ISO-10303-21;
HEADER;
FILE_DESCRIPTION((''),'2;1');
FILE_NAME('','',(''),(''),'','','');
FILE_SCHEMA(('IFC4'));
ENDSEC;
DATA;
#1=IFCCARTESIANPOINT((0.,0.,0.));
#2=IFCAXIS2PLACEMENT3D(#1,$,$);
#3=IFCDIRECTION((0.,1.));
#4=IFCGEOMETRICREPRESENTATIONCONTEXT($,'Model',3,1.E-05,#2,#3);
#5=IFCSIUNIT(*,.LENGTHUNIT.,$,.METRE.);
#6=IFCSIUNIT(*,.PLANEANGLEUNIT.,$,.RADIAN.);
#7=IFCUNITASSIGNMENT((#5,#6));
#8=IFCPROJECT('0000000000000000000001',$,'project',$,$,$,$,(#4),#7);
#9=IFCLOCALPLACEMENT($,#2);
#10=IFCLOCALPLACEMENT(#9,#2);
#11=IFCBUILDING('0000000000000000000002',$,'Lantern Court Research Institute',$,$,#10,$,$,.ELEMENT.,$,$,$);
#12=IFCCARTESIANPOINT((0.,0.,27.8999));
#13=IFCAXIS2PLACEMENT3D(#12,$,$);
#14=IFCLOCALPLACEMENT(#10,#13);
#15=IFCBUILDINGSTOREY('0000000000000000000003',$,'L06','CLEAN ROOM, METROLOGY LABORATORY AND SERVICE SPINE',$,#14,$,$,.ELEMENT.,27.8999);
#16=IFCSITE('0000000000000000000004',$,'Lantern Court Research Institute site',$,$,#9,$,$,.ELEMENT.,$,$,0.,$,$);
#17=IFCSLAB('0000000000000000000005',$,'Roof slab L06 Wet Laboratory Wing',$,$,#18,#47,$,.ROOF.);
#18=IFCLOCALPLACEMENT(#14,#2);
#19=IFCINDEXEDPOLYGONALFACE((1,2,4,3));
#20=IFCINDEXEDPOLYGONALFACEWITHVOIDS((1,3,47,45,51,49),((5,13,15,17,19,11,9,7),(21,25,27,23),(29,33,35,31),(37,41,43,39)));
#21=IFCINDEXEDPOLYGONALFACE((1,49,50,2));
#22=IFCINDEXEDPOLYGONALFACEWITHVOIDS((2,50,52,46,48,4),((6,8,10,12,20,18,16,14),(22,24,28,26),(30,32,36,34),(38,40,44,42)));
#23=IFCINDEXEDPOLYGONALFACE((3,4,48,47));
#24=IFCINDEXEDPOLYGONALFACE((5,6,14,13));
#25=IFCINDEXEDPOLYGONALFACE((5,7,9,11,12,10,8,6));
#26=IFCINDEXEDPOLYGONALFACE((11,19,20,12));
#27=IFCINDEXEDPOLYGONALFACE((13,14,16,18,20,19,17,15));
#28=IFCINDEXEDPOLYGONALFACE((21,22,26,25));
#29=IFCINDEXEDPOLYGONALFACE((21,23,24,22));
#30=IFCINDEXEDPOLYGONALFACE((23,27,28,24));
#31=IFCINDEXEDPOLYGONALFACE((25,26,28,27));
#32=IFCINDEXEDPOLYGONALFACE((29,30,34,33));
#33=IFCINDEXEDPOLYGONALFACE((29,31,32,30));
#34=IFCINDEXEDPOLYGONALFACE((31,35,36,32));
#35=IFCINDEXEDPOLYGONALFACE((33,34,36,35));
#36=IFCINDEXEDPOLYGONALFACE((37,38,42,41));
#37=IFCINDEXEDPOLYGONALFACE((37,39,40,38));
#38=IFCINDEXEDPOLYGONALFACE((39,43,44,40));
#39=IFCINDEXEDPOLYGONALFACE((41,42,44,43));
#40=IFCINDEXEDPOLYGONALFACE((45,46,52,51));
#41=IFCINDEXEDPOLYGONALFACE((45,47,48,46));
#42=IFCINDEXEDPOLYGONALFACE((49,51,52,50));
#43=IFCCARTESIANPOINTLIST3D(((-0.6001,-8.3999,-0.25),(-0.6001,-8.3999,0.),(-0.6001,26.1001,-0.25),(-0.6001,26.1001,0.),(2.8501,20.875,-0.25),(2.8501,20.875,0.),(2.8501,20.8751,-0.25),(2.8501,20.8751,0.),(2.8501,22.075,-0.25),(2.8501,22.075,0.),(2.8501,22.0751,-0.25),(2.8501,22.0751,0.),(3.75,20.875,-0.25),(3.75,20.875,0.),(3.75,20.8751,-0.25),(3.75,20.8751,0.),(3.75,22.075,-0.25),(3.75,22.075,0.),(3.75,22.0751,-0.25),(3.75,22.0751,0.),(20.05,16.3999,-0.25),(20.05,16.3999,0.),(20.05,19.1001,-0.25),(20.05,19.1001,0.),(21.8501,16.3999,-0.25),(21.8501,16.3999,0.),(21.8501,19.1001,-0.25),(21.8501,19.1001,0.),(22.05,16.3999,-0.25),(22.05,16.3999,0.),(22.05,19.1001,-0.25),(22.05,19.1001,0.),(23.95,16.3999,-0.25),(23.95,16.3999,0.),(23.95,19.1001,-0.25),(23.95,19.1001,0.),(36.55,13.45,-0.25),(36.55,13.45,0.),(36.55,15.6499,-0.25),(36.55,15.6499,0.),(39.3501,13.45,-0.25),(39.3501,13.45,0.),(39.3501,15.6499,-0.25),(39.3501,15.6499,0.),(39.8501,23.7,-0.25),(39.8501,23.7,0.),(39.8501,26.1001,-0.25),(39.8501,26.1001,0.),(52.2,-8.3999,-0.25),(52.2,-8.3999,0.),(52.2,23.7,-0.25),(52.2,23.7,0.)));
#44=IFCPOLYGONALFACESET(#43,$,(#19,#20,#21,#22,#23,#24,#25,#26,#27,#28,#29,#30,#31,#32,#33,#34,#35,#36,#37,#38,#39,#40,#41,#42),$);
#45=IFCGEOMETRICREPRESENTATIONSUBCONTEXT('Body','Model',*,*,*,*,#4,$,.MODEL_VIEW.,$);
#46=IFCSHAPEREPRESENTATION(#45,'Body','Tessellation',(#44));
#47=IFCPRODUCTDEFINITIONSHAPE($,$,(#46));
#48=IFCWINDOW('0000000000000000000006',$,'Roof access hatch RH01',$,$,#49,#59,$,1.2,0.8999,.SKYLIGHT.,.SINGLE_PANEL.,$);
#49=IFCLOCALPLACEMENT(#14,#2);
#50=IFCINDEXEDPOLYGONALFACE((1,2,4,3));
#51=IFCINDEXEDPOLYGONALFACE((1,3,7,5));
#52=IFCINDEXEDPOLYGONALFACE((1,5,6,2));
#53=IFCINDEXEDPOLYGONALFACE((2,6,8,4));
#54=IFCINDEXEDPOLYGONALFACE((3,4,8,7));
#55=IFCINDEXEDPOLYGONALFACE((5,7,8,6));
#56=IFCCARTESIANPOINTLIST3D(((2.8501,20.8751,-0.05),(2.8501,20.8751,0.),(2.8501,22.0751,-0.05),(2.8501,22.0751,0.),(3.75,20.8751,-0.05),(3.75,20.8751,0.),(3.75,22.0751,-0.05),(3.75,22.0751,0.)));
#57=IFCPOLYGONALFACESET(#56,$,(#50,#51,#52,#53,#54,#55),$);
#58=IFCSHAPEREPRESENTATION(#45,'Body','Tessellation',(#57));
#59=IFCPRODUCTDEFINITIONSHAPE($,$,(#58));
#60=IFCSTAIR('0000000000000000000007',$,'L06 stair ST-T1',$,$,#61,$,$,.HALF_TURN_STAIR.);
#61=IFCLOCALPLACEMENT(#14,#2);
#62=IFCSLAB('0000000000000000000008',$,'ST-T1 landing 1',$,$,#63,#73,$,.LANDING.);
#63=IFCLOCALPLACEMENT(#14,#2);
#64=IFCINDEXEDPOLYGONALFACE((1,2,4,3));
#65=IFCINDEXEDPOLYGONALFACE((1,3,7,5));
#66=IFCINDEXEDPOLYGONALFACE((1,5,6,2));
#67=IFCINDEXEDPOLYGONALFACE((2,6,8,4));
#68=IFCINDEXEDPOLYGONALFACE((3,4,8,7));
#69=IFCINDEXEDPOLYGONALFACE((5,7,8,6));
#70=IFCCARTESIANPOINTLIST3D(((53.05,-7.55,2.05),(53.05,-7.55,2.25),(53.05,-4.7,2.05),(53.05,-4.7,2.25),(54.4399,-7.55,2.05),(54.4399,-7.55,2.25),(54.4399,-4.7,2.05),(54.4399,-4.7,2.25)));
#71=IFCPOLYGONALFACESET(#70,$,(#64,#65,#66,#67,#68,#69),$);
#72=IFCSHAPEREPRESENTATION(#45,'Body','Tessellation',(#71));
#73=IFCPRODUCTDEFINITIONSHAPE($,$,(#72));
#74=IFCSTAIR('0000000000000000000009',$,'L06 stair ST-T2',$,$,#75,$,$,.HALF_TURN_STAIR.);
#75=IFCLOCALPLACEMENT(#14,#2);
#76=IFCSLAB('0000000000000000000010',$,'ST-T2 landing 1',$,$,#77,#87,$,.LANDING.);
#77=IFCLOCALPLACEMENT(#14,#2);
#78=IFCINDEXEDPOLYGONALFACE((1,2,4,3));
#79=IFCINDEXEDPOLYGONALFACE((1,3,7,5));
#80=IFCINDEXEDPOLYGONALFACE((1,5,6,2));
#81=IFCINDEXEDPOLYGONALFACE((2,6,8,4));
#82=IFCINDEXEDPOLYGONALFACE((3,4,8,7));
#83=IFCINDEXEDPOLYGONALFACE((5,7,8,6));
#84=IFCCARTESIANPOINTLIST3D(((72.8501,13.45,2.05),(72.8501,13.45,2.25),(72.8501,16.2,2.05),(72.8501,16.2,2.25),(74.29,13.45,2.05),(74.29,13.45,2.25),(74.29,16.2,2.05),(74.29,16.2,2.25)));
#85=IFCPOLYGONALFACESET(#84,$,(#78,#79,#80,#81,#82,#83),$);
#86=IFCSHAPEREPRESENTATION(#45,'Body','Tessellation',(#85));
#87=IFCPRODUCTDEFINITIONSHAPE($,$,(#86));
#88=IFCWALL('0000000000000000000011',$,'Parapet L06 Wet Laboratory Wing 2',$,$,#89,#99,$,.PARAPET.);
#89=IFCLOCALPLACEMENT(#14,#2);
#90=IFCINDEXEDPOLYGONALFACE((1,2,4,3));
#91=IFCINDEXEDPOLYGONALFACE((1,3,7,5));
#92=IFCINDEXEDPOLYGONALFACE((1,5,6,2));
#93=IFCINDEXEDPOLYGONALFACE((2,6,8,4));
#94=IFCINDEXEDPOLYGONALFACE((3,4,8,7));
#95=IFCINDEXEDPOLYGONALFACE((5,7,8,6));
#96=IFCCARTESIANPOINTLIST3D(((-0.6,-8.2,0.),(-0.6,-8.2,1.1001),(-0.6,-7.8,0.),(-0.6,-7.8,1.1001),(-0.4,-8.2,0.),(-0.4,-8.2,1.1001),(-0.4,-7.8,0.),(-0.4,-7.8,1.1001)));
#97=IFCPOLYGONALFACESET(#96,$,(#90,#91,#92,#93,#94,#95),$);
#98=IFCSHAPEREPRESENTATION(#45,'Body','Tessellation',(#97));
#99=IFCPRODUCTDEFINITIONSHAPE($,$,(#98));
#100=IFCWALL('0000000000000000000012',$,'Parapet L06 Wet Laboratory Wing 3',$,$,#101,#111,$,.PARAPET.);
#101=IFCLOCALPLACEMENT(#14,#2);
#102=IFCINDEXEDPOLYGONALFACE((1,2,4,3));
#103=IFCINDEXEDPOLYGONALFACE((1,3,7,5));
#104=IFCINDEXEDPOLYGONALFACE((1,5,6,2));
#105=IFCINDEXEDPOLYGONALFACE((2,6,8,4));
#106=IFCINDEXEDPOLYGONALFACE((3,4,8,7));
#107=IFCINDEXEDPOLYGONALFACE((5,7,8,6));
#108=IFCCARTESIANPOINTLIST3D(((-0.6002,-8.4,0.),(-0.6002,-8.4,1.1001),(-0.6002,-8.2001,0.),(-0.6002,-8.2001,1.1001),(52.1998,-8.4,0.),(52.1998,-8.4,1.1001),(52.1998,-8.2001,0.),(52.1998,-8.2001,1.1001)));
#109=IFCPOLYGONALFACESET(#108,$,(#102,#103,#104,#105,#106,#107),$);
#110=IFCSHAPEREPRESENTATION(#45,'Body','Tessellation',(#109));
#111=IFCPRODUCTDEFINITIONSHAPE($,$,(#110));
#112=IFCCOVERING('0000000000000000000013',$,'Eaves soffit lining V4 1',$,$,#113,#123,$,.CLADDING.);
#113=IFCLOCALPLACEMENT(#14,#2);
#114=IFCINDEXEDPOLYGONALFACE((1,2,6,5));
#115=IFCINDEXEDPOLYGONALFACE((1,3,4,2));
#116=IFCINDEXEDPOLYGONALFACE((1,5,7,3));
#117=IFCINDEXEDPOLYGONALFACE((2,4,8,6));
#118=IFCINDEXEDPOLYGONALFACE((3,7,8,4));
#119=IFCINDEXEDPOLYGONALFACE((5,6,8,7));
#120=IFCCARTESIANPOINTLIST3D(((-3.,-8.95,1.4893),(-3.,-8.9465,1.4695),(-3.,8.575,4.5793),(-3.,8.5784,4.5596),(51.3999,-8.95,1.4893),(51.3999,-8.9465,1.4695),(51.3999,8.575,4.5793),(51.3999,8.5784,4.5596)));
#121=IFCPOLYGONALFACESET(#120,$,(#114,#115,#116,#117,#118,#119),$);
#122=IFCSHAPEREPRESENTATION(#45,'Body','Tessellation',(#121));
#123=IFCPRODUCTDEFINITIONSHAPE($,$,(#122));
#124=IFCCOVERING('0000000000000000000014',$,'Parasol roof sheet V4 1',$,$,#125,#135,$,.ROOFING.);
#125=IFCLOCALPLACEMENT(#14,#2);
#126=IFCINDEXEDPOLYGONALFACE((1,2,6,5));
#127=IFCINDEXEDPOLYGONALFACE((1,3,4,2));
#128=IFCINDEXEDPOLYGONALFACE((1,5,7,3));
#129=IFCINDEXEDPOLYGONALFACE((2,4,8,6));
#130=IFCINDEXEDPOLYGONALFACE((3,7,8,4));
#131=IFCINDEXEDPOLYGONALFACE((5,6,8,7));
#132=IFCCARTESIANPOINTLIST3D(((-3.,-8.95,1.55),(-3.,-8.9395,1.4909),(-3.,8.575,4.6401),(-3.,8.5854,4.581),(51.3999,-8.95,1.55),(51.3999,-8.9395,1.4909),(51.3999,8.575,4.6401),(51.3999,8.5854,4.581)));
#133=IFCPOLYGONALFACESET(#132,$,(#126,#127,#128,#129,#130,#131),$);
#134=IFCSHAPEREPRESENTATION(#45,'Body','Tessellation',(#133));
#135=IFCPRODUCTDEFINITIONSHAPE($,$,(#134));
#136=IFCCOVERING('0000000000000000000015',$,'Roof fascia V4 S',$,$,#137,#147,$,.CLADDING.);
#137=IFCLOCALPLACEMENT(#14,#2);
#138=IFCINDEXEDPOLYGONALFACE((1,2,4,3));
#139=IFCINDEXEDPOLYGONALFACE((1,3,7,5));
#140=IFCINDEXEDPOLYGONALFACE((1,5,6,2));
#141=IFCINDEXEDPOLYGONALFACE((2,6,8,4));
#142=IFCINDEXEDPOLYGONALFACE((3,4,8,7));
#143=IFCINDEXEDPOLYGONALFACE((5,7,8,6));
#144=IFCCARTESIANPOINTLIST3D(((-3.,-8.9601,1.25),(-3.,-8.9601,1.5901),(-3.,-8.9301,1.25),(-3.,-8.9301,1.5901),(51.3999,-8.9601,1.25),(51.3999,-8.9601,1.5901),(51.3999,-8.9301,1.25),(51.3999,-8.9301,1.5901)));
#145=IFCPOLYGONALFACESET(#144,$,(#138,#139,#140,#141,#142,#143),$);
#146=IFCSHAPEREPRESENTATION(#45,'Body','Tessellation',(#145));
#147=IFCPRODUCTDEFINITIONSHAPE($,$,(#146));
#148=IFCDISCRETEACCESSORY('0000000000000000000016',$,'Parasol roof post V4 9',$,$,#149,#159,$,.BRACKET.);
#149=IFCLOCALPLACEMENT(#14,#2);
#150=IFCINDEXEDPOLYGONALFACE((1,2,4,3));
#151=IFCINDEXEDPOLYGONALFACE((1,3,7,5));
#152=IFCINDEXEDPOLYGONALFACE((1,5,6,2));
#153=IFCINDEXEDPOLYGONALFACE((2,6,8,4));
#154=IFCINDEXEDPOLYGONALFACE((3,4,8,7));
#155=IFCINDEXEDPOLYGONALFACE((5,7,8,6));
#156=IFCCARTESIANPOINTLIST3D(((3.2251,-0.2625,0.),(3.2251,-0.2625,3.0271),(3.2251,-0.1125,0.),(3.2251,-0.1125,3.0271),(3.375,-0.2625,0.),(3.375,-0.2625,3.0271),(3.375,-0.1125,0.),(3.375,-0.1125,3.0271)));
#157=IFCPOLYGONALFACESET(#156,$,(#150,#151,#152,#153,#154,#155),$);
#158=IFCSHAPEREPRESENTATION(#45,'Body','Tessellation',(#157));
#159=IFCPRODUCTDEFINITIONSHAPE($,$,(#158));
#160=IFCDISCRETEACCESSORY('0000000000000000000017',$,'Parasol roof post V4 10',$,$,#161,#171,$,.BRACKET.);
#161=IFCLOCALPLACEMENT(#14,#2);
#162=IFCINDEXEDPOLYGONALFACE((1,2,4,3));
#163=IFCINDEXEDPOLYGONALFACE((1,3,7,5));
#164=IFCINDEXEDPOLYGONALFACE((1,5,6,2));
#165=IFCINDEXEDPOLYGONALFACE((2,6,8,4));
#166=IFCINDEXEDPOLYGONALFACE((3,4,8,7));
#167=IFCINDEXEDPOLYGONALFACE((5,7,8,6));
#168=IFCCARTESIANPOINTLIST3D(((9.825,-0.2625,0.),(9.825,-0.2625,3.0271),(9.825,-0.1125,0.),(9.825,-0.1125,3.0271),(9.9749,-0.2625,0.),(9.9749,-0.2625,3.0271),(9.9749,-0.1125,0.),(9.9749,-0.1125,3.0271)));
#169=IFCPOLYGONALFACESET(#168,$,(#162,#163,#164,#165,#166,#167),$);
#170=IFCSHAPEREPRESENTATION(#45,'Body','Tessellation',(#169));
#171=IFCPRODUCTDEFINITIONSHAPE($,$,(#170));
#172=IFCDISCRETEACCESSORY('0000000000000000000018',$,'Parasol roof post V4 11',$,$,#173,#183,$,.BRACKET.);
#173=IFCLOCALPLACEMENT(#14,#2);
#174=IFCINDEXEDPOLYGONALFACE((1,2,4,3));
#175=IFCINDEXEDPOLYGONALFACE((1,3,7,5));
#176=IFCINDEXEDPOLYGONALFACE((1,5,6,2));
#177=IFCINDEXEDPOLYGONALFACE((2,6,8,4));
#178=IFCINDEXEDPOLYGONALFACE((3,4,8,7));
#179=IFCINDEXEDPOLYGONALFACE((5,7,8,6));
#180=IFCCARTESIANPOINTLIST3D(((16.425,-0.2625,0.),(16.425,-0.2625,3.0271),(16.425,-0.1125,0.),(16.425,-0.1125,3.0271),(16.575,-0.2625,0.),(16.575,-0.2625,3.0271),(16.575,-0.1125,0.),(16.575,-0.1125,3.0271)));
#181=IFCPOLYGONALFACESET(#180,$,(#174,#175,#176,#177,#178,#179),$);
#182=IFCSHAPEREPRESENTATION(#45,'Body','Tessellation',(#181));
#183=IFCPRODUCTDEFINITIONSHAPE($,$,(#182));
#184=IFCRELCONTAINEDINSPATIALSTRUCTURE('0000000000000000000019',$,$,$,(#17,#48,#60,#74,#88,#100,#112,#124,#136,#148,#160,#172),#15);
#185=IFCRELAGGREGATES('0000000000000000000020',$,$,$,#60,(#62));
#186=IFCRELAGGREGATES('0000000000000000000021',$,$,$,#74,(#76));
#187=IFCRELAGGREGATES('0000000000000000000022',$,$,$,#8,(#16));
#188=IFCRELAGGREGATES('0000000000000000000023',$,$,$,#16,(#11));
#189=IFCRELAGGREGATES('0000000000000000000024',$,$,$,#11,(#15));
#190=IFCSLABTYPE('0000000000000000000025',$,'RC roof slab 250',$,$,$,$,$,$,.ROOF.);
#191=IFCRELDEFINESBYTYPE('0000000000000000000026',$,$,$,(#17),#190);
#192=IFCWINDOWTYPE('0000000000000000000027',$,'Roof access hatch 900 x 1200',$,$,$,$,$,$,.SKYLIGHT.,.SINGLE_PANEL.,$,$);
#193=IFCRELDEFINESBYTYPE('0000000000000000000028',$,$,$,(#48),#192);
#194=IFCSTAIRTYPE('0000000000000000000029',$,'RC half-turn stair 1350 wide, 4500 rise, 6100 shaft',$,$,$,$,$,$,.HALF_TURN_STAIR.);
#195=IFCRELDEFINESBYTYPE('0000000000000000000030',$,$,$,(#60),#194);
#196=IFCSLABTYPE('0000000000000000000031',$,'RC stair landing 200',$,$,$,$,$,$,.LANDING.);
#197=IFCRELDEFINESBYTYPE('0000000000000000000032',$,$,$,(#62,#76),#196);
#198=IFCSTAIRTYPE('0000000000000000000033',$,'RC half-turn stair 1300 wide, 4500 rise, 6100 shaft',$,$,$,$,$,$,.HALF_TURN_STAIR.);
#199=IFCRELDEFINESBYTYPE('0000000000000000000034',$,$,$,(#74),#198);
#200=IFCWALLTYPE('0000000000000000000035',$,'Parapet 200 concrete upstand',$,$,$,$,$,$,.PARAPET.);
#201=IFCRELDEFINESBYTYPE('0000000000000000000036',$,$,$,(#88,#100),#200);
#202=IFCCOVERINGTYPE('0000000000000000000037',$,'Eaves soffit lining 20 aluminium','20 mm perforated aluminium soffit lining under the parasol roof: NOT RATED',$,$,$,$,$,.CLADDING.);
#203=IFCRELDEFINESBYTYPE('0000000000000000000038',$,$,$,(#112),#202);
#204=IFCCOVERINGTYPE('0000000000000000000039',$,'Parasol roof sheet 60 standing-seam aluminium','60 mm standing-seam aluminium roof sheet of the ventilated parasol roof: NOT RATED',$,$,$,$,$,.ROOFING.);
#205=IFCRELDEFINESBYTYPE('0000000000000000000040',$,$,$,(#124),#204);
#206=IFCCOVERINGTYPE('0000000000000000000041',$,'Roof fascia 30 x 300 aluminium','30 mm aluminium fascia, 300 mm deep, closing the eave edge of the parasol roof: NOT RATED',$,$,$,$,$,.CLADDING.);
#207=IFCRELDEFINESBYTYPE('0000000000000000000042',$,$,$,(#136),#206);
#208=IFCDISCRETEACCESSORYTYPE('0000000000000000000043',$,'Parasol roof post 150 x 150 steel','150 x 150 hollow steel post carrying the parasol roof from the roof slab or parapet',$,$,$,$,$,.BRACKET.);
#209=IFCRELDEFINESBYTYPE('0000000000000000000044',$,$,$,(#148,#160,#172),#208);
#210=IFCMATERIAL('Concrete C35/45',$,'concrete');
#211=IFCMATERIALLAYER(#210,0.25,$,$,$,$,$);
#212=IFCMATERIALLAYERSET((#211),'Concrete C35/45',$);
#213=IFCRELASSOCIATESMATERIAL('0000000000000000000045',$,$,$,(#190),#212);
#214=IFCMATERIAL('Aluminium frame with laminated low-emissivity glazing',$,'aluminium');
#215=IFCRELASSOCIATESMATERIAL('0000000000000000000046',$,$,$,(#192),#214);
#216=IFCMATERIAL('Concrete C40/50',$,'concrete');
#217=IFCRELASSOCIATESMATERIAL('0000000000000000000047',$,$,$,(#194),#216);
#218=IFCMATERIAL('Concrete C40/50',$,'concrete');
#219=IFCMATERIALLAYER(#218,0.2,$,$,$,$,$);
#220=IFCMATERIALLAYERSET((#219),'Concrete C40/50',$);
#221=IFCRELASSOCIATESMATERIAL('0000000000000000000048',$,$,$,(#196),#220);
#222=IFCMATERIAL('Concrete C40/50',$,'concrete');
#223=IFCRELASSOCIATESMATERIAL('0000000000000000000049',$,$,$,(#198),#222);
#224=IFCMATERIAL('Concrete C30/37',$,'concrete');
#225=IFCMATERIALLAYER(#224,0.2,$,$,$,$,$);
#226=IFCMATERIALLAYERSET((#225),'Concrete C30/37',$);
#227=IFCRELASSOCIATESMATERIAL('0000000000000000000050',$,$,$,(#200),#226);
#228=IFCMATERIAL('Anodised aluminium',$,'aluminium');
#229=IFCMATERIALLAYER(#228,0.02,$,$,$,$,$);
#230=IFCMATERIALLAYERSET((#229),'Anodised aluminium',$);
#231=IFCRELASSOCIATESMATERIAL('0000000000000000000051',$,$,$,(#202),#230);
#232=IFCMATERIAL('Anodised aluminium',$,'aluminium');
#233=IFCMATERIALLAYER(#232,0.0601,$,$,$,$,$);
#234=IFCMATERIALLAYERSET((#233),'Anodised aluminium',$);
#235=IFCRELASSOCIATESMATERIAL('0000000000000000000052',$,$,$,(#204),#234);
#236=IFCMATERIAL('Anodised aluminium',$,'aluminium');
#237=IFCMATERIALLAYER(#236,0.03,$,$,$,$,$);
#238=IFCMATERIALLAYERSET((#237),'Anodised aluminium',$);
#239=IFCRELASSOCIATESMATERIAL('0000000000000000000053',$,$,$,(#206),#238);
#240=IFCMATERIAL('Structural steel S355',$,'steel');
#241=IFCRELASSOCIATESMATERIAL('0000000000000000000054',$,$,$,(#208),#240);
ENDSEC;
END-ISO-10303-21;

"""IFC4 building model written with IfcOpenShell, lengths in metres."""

from ifc_helpers import new_model, si_unit, direction, frame, frame_2d, origin, origin_2d, place, context, subcontext, project, spatial, polyline, rectangle, outline, extrude, material, layer, layer_set, type_object, element, fill, aggregate, save


model = new_model("IFC4")

# Units and contexts
model_context = context("Model", 3, precision=1e-05, world=origin(), true_north=direction((0.0, 1.0)))
body_context = subcontext(model_context, "Body", "Model", "MODEL_VIEW")
ifc_project = project(units=[si_unit("LENGTHUNIT", "METRE"), si_unit("PLANEANGLEUNIT", "RADIAN")], contexts=[model_context])

# Site, building, storey
site_placement = place(None, origin())
site = spatial("IfcSite", under=ifc_project, at=site_placement, Name="Lantern Court Research Institute site", CompositionType="ELEMENT", RefElevation=0.0)
building_placement = place(site_placement, origin())
building = spatial("IfcBuilding", under=site, at=building_placement, Name="Lantern Court Research Institute", CompositionType="ELEMENT")
storey_placement = place(building_placement, frame((0.0, 0.0, 27.8999)))
storey = spatial("IfcBuildingStorey", under=building, at=storey_placement, Name="L06", Description="CLEAN ROOM, METROLOGY LABORATORY AND SERVICE SPINE", CompositionType="ELEMENT", Elevation=27.8999)

# Slab, opening, window
ifc_material_1 = material(Name="Concrete C35/45", Category="concrete")
ifc_layer_1 = layer(ifc_material_1, 0.25)
ifc_layer_set_1 = layer_set([ifc_layer_1], Name="Concrete C35/45")
slab_type_1 = type_object("IfcSlabType", Name="RC roof slab 250", PredefinedType="ROOF", material=ifc_layer_set_1)
slab_1_placement = place(storey_placement, frame((0.0, 0.0, -0.25)))
slab_1 = element("IfcSlab", 1, at=slab_1_placement, inside=storey, type_object=slab_type_1, Name="Roof slab L06 Wet Laboratory Wing", PredefinedType="ROOF", context=body_context, shape_type="SweptSolid", body=[
    extrude(outline(polyline([(-0.6001, 23.1001), (-0.6001, -7.8), (-0.6001, -8.3999), (52.2, -8.3999), (52.2, -7.8), (52.2, 23.1001), (52.2, 23.7), (39.8501, 23.7), (39.8501, 26.1001), (-0.6001, 26.1001), (-0.6001, 23.7), (-0.6001, 23.1001)]), holes=[polyline([(20.05, 16.3999), (21.8501, 16.3999), (21.8501, 19.1001), (20.05, 19.1001), (20.05, 16.3999)]), polyline([(22.05, 16.3999), (23.95, 16.3999), (23.95, 19.1001), (22.05, 19.1001), (22.05, 16.3999)]), polyline([(36.55, 13.45), (39.3501, 13.45), (39.3501, 15.6499), (36.55, 15.6499), (36.55, 13.45)]), polyline([(3.75, 20.875), (3.75, 22.075), (2.8501, 22.075), (2.8501, 20.875), (3.75, 20.875)])]), origin(), (0.0, 0.0, 1.0), 0.25),
])
opening_placement = place(slab_1_placement, frame((3.3, 21.4751, 0.0)))
opening = element("IfcOpeningElement", 2, at=opening_placement, cuts=slab_1, PredefinedType="OPENING", context=body_context, shape_type="SweptSolid", body=[
    extrude(rectangle(XDim=0.8999, YDim=1.2, at=origin_2d()), origin(), (0.0, 0.0, 1.0), 0.25),
])
ifc_material_2 = material(Name="Aluminium frame with laminated low-emissivity glazing", Category="aluminium")
window_type = type_object("IfcWindowType", Name="Roof access hatch 900 x 1200", PartitioningType="SINGLE_PANEL", PredefinedType="SKYLIGHT", material=ifc_material_2)
window_placement = place(opening_placement, frame((0.0, 0.0, 0.2)))
window = element("IfcWindow", 3, at=window_placement, inside=storey, type_object=window_type, Name="Roof access hatch RH01", OverallHeight=1.2, OverallWidth=0.8999, PartitioningType="SINGLE_PANEL", PredefinedType="SKYLIGHT", context=body_context, shape_type="SweptSolid", body=[
    extrude(rectangle(XDim=0.8999, YDim=1.2, at=origin_2d()), origin(), (0.0, 0.0, 1.0), 0.05),
])
fill(opening, window)

# Stairs, slabs
ifc_material_3 = material(Name="Concrete C40/50", Category="concrete")
stair_type_1 = type_object("IfcStairType", Name="RC half-turn stair 1350 wide, 4500 rise, 6100 shaft", PredefinedType="HALF_TURN_STAIR", material=ifc_material_3)
stair_1_placement = place(storey_placement, origin())
stair_1 = element("IfcStair", 4, at=stair_1_placement, inside=storey, type_object=stair_type_1, Name="L06 stair ST-T1", PredefinedType="HALF_TURN_STAIR")
ifc_material_4 = material(Name="Concrete C40/50", Category="concrete")
ifc_layer_2 = layer(ifc_material_4, 0.2)
ifc_layer_set_2 = layer_set([ifc_layer_2], Name="Concrete C40/50")
slab_type_2 = type_object("IfcSlabType", Name="RC stair landing 200", PredefinedType="LANDING", material=ifc_layer_set_2)
slab_2_placement = place(storey_placement, frame((0.0, 0.0, 2.05)))
slab_2 = element("IfcSlab", 5, at=slab_2_placement, type_object=slab_type_2, Name="ST-T1 landing 1", PredefinedType="LANDING", context=body_context, shape_type="SweptSolid", body=[
    extrude(outline(polyline([(54.4399, -4.7), (53.05, -4.7), (53.05, -7.55), (54.4399, -7.55), (54.4399, -4.7)])), origin(), (0.0, 0.0, 1.0), 0.2),
])
aggregate(stair_1, [slab_2])
ifc_material_5 = material(Name="Concrete C40/50", Category="concrete")
stair_type_2 = type_object("IfcStairType", Name="RC half-turn stair 1300 wide, 4500 rise, 6100 shaft", PredefinedType="HALF_TURN_STAIR", material=ifc_material_5)
stair_2_placement = place(storey_placement, origin())
stair_2 = element("IfcStair", 6, at=stair_2_placement, inside=storey, type_object=stair_type_2, Name="L06 stair ST-T2", PredefinedType="HALF_TURN_STAIR")
slab_3_placement = place(storey_placement, frame((0.0, 0.0, 2.05)))
slab_3 = element("IfcSlab", 7, at=slab_3_placement, type_object=slab_type_2, Name="ST-T2 landing 1", PredefinedType="LANDING", context=body_context, shape_type="SweptSolid", body=[
    extrude(outline(polyline([(74.29, 16.2), (72.8501, 16.2), (72.8501, 13.45), (74.29, 13.45), (74.29, 16.2)])), origin(), (0.0, 0.0, 1.0), 0.2),
])
aggregate(stair_2, [slab_3])

# Walls
ifc_material_6 = material(Name="Concrete C30/37", Category="concrete")
ifc_layer_3 = layer(ifc_material_6, 0.2)
ifc_layer_set_3 = layer_set([ifc_layer_3], Name="Concrete C30/37")
wall_type = type_object("IfcWallType", Name="Parapet 200 concrete upstand", PredefinedType="PARAPET", material=ifc_layer_set_3)
wall_1_placement = place(storey_placement, frame((-0.5, -7.8, 0.0), z_axis=(0.0, 0.0, 1.0), x_axis=(0.0, -1.0, 0.0)))
element("IfcWall", 8, at=wall_1_placement, inside=storey, type_object=wall_type, Name="Parapet L06 Wet Laboratory Wing 2", PredefinedType="PARAPET", context=body_context, shape_type="SweptSolid", body=[
    extrude(rectangle(XDim=0.3999, YDim=0.2, at=frame_2d((0.2, 0.0))), origin(), (0.0, 0.0, 1.0), 1.1001),
])
wall_2_placement = place(storey_placement, frame((-0.6001, -8.3, 0.0), z_axis=(0.0, 0.0, 1.0), x_axis=(1.0, 0.0, 0.0)))
element("IfcWall", 9, at=wall_2_placement, inside=storey, type_object=wall_type, Name="Parapet L06 Wet Laboratory Wing 3", PredefinedType="PARAPET", context=body_context, shape_type="SweptSolid", body=[
    extrude(rectangle(XDim=52.8, YDim=0.2, at=frame_2d((26.3999, 0.0))), origin(), (0.0, 0.0, 1.0), 1.1001),
])

# Coverings
ifc_material_7 = material(Name="Anodised aluminium", Category="aluminium")
ifc_layer_4 = layer(ifc_material_7, 0.02)
ifc_layer_set_4 = layer_set([ifc_layer_4], Name="Anodised aluminium")
covering_type_1 = type_object("IfcCoveringType", Name="Eaves soffit lining 20 aluminium", Description="20 mm perforated aluminium soffit lining under the parasol roof: NOT RATED", PredefinedType="CLADDING", material=ifc_layer_set_4)
covering_1_placement = place(storey_placement, frame((-3.0, -8.95, 1.4893), z_axis=(0.0, -0.173647, 0.984808), x_axis=(1.0, 0.0, 0.0)))
element("IfcCovering", 10, at=covering_1_placement, inside=storey, type_object=covering_type_1, Name="Eaves soffit lining V4 1", PredefinedType="CLADDING", context=body_context, shape_type="SweptSolid", body=[
    extrude(outline(polyline([(0.0, 0.0), (54.3999, 0.0), (54.3999, 17.7952), (0.0, 17.7952), (0.0, 0.0)])), origin(), (0.0, 0.0, -1.0), 0.02),
])
ifc_material_8 = material(Name="Anodised aluminium", Category="aluminium")
ifc_layer_5 = layer(ifc_material_8, 0.0601)
ifc_layer_set_5 = layer_set([ifc_layer_5], Name="Anodised aluminium")
covering_type_2 = type_object("IfcCoveringType", Name="Parasol roof sheet 60 standing-seam aluminium", Description="60 mm standing-seam aluminium roof sheet of the ventilated parasol roof: NOT RATED", PredefinedType="ROOFING", material=ifc_layer_set_5)
covering_2_placement = place(storey_placement, frame((-3.0, -8.95, 1.55), z_axis=(0.0, -0.173647, 0.984808), x_axis=(1.0, 0.0, 0.0)))
element("IfcCovering", 11, at=covering_2_placement, inside=storey, type_object=covering_type_2, Name="Parasol roof sheet V4 1", PredefinedType="ROOFING", context=body_context, shape_type="SweptSolid", body=[
    extrude(outline(polyline([(0.0, 0.0), (54.3999, 0.0), (54.3999, 17.7952), (0.0, 17.7952), (0.0, 0.0)])), origin(), (0.0, 0.0, -1.0), 0.0601),
])
ifc_material_9 = material(Name="Anodised aluminium", Category="aluminium")
ifc_layer_6 = layer(ifc_material_9, 0.03)
ifc_layer_set_6 = layer_set([ifc_layer_6], Name="Anodised aluminium")
covering_type_3 = type_object("IfcCoveringType", Name="Roof fascia 30 x 300 aluminium", Description="30 mm aluminium fascia, 300 mm deep, closing the eave edge of the parasol roof: NOT RATED", PredefinedType="CLADDING", material=ifc_layer_set_6)
covering_3_placement = place(storey_placement, frame((-3.0, -8.9451, 1.25), z_axis=(0.0, 0.0, 1.0), x_axis=(1.0, 0.0, 0.0)))
element("IfcCovering", 12, at=covering_3_placement, inside=storey, type_object=covering_type_3, Name="Roof fascia V4 S", PredefinedType="CLADDING", context=body_context, shape_type="SweptSolid", body=[
    extrude(rectangle(XDim=54.3999, YDim=0.03, at=frame_2d((27.2, 0.0))), origin(), (0.0, 0.0, 1.0), 0.3401),
])

# Discrete accessories
ifc_material_10 = material(Name="Structural steel S355", Category="steel")
discrete_accessory_type = type_object("IfcDiscreteAccessoryType", Name="Parasol roof post 150 x 150 steel", Description="150 x 150 hollow steel post carrying the parasol roof from the roof slab or parapet", PredefinedType="BRACKET", material=ifc_material_10)
for number, where, z_axis, x_axis, name in (
    (13, (3.3, -0.1875, 0.0), (0.0, 0.0, 1.0), (1.0, 0.0, 0.0), "Parasol roof post V4 9"),
    (14, (9.8999, -0.1875, 0.0), (0.0, 0.0, 1.0), (1.0, 0.0, 0.0), "Parasol roof post V4 10"),
    (15, (16.5, -0.1875, 0.0), (0.0, 0.0, 1.0), (1.0, 0.0, 0.0), "Parasol roof post V4 11"),
):
    element("IfcDiscreteAccessory", number, at=place(storey_placement, frame(where, z_axis=z_axis, x_axis=x_axis)), inside=storey, type_object=discrete_accessory_type, Name=name, PredefinedType="BRACKET", context=body_context, shape_type="SweptSolid", body=[
        extrude(rectangle(XDim=0.1499, YDim=0.1499, at=origin_2d()), origin(), (0.0, 0.0, 1.0), 3.0271),
    ])

save(model, "model.ifc")
